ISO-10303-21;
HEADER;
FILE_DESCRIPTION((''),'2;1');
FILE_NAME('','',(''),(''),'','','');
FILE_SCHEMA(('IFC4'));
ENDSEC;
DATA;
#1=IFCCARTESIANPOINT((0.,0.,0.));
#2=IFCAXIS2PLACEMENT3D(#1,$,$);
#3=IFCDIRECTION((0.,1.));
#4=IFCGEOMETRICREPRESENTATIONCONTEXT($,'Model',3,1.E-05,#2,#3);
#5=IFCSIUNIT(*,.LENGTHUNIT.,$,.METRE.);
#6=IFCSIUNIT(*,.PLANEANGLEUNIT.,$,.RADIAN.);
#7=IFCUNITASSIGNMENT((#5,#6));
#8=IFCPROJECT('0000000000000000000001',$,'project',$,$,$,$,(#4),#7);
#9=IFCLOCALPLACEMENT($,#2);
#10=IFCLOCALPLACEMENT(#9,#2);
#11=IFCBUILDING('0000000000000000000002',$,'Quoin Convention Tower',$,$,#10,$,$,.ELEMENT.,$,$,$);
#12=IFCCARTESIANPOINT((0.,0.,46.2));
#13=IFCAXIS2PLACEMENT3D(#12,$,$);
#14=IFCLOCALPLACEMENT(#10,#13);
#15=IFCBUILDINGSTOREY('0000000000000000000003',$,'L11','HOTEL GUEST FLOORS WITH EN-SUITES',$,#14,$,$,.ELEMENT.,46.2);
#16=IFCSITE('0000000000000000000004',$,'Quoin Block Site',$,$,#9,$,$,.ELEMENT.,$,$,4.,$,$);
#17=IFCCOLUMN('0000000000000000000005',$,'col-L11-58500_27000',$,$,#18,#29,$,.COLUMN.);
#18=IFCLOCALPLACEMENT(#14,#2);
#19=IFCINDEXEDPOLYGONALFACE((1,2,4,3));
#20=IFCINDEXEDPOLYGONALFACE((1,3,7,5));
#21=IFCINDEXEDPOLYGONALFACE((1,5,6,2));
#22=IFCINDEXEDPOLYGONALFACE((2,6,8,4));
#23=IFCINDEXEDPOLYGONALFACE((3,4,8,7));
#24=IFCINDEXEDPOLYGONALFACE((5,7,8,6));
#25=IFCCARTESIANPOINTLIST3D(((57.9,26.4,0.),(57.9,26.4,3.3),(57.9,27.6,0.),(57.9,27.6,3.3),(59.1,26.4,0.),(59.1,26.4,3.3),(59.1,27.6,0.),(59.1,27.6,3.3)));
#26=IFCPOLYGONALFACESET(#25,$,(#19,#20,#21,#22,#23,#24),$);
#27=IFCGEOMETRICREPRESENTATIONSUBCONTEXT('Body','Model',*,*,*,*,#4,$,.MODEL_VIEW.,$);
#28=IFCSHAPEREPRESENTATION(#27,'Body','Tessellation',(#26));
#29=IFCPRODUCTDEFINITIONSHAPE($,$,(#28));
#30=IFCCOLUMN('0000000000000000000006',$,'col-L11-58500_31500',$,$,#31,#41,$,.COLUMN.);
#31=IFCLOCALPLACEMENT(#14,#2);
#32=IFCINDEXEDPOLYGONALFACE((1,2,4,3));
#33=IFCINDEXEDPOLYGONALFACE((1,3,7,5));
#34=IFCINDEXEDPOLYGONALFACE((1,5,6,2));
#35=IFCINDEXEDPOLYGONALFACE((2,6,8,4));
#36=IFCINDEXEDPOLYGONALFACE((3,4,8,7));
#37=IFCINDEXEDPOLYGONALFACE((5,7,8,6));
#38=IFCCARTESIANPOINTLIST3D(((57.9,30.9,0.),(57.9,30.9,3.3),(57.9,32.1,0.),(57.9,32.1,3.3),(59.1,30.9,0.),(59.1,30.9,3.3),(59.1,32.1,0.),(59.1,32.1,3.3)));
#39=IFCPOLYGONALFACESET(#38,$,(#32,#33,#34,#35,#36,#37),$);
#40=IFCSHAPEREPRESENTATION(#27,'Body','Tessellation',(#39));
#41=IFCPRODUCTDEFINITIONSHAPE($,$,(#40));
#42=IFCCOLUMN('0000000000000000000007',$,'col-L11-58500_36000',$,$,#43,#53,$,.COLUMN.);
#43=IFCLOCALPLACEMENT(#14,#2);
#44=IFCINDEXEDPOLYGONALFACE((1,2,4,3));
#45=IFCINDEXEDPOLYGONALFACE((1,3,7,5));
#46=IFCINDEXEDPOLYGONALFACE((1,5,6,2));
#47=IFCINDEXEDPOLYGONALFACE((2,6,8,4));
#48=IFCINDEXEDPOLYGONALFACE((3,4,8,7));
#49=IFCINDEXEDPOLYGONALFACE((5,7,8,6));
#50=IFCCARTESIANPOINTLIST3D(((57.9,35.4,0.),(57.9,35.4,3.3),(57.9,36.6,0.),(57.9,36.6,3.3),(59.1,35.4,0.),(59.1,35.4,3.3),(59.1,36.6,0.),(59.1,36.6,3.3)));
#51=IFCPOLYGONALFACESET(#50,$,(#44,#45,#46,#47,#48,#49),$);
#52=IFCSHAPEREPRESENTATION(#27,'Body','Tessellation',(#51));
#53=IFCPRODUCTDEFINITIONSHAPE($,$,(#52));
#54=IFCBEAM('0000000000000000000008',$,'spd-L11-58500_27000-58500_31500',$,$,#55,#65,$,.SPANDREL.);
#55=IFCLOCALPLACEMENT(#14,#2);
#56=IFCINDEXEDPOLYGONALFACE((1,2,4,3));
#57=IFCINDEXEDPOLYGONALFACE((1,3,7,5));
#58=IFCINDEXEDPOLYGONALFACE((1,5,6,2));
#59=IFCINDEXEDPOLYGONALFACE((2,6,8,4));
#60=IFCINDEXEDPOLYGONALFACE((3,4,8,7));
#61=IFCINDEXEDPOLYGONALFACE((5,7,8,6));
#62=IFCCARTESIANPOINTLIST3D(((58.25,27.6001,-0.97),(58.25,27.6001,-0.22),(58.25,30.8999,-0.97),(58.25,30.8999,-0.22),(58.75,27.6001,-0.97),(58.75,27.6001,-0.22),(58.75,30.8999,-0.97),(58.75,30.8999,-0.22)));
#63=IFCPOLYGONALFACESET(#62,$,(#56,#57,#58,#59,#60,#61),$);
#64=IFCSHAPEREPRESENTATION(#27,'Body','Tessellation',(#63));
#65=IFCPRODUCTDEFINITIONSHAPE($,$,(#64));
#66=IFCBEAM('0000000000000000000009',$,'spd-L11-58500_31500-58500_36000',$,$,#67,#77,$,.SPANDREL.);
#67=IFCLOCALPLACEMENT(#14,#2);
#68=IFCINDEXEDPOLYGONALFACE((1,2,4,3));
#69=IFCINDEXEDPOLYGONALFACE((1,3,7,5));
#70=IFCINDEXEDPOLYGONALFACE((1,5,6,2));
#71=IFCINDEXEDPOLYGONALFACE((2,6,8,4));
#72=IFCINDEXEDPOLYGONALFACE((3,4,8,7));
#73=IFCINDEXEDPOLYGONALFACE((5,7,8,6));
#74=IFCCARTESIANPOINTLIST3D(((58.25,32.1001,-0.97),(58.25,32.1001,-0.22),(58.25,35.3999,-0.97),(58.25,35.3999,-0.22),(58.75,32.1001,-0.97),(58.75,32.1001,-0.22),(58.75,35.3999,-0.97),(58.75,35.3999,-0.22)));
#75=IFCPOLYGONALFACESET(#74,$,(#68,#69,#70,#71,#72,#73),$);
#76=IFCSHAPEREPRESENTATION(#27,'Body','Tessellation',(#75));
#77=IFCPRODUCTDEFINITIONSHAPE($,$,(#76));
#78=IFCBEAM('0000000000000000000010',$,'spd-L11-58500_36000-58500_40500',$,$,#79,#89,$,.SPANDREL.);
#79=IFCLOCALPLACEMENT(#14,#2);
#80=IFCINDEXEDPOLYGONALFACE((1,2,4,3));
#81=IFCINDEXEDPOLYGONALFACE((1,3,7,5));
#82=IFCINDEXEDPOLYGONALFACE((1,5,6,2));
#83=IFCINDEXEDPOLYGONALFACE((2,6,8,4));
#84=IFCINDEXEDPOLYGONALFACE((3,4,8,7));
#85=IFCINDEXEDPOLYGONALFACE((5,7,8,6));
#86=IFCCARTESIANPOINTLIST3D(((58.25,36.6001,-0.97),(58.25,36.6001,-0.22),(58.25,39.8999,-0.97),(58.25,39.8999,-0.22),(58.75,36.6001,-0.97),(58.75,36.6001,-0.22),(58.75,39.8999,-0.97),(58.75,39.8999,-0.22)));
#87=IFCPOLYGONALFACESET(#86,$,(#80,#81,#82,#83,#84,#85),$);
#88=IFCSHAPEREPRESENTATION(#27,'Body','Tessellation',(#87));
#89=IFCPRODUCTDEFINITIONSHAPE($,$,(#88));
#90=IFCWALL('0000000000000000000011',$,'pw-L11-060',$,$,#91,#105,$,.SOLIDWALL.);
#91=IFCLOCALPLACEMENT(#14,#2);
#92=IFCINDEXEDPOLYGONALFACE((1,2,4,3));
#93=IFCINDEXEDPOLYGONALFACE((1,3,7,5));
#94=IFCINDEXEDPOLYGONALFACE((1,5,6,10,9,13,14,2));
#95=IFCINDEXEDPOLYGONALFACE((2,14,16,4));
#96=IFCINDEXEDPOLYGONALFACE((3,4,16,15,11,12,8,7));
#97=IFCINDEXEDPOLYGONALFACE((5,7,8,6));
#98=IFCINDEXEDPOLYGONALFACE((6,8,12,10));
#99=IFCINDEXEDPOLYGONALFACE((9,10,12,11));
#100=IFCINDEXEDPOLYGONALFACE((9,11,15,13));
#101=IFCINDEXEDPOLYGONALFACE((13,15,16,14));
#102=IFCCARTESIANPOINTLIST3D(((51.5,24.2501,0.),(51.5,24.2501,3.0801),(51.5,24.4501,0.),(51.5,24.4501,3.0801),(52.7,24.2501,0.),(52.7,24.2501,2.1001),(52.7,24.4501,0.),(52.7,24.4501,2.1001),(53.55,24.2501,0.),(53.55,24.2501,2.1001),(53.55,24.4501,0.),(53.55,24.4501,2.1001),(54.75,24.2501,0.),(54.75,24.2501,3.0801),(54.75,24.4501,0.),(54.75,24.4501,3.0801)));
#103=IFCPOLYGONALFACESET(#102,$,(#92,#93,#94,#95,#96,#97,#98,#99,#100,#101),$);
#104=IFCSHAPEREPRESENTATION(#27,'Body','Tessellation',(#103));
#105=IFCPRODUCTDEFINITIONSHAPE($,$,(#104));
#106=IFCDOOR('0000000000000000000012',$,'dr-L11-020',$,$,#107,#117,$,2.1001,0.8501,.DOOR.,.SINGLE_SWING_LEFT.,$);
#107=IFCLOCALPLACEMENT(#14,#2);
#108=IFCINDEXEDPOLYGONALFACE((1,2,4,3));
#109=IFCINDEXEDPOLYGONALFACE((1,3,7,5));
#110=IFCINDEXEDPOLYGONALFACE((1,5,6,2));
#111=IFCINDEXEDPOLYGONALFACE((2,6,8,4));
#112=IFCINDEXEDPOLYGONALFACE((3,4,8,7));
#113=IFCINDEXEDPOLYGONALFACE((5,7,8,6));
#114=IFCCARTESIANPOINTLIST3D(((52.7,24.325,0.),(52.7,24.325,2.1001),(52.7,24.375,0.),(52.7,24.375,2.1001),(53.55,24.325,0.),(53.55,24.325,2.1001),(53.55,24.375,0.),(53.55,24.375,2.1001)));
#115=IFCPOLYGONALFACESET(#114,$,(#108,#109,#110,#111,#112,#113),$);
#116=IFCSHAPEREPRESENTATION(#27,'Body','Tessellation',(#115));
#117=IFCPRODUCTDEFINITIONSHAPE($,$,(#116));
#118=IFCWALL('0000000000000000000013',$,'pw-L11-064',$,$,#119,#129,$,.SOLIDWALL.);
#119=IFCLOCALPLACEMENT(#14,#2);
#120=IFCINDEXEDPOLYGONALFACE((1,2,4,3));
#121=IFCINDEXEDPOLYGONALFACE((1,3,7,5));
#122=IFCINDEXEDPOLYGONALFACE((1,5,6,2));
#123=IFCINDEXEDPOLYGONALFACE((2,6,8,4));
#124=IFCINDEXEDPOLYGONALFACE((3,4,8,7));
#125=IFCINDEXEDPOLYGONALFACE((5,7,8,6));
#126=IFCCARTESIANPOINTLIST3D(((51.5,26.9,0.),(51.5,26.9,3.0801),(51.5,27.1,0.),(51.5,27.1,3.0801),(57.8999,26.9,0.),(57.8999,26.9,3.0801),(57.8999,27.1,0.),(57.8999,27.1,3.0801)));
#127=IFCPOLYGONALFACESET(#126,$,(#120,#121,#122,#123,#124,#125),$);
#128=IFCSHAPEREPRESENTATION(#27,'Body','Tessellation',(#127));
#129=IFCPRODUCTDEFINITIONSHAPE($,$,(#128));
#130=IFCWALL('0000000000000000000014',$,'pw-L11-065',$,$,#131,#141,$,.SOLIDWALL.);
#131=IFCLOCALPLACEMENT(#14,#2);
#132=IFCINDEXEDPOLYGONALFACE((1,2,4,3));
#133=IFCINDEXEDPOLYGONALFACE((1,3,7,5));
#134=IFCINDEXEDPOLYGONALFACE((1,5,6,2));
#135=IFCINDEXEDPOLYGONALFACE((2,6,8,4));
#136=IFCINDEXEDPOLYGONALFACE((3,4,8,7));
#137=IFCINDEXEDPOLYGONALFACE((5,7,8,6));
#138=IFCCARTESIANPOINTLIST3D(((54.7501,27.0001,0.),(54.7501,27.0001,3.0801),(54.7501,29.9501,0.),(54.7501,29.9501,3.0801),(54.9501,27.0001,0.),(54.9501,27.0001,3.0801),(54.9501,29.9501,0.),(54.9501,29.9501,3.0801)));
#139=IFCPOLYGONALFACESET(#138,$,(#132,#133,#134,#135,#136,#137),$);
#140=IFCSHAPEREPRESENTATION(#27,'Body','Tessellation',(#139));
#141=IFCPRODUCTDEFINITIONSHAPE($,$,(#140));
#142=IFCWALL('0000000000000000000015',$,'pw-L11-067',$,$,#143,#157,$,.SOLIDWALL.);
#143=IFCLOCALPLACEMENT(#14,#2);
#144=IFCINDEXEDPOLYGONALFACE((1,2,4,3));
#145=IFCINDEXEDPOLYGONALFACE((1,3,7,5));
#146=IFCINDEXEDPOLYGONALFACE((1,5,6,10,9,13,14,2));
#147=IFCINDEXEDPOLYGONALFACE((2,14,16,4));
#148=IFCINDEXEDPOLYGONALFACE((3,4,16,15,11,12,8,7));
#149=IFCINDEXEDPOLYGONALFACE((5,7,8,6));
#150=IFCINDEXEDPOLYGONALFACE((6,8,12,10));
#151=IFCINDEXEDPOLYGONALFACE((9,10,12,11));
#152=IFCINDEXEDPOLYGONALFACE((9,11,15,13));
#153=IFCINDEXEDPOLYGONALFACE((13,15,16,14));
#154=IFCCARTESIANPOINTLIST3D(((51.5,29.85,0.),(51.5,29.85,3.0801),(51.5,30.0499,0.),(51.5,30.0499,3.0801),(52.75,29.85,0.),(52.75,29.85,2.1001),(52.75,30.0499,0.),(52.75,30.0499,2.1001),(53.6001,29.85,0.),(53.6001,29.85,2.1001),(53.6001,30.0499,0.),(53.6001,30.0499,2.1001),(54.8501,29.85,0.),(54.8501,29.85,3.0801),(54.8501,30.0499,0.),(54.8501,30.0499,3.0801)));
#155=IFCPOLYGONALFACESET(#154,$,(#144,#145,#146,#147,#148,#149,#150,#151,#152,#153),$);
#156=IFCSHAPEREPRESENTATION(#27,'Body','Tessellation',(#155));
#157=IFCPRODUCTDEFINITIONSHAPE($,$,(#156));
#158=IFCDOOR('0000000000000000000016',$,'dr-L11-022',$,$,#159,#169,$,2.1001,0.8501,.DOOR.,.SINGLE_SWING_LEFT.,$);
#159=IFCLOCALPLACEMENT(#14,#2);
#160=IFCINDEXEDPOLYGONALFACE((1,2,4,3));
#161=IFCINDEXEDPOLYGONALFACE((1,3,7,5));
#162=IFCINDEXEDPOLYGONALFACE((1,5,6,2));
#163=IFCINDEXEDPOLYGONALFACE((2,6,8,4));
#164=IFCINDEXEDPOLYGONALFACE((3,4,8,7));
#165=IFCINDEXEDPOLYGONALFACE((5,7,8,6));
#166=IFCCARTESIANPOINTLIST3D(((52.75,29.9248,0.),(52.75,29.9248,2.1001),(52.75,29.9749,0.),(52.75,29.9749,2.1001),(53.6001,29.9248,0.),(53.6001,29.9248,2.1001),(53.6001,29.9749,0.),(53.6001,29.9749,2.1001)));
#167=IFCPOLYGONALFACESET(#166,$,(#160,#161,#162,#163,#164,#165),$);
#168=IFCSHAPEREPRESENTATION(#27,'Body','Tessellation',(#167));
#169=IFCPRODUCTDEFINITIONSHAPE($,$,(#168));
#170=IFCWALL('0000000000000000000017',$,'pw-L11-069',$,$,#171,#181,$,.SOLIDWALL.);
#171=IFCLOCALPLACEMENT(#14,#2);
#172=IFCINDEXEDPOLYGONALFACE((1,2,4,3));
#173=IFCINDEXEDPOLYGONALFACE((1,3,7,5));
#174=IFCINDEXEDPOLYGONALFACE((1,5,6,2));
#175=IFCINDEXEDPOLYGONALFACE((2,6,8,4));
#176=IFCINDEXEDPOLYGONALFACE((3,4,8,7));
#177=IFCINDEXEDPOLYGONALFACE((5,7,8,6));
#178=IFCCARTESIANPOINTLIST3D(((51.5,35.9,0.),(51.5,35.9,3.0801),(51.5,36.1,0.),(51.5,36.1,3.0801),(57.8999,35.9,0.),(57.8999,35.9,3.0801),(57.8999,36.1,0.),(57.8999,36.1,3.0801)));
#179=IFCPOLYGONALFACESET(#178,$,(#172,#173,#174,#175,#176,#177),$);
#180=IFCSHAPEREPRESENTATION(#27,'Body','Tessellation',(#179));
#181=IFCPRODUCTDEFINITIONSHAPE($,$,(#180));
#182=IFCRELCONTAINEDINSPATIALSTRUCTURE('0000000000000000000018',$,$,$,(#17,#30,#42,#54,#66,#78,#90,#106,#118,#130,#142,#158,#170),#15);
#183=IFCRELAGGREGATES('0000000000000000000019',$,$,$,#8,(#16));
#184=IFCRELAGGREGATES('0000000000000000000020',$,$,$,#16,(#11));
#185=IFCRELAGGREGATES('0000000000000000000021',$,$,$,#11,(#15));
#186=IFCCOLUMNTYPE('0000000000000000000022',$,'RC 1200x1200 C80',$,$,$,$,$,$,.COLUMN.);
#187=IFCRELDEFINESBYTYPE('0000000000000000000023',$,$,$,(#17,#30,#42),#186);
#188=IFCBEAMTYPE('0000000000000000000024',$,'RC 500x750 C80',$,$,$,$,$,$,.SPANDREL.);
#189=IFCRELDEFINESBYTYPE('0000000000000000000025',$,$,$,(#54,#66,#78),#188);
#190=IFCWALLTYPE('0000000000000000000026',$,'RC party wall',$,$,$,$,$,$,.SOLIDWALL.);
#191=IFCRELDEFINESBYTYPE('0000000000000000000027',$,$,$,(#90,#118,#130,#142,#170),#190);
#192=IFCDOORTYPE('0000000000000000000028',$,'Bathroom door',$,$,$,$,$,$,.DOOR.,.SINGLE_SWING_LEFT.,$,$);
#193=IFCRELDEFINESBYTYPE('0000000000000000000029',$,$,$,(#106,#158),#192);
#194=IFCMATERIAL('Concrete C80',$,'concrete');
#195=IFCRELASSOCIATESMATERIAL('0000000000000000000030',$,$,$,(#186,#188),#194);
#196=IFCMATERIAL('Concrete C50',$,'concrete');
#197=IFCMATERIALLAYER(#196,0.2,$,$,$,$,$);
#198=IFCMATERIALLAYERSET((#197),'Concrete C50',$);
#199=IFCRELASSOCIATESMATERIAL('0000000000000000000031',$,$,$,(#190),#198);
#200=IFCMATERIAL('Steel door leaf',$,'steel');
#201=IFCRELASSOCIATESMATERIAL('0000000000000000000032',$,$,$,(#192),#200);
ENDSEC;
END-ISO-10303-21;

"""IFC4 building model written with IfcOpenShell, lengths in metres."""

from ifc_helpers import new_model, si_unit, direction, frame, frame_2d, origin, origin_2d, place, context, subcontext, project, spatial, rectangle, extrude, material, layer, layer_set, material_profile, profile_set, type_object, element, fill, save


model = new_model("IFC4")

# Units and contexts
model_context = context("Model", 3, precision=1e-05, world=origin(), true_north=direction((0.0, 1.0)))
body_context = subcontext(model_context, "Body", "Model", "MODEL_VIEW")
ifc_project = project(units=[si_unit("LENGTHUNIT", "METRE"), si_unit("PLANEANGLEUNIT", "RADIAN")], contexts=[model_context])

# Site, building, storey
site_placement = place(None, origin())
site = spatial("IfcSite", under=ifc_project, at=site_placement, Name="Quoin Block Site", CompositionType="ELEMENT", RefElevation=4.0)
building_placement = place(site_placement, origin())
building = spatial("IfcBuilding", under=site, at=building_placement, Name="Quoin Convention Tower", CompositionType="ELEMENT")
storey_placement = place(building_placement, frame((0.0, 0.0, 46.2)))
storey = spatial("IfcBuildingStorey", under=building, at=storey_placement, Name="L11", Description="HOTEL GUEST FLOORS WITH EN-SUITES", CompositionType="ELEMENT", Elevation=46.2)

# Columns
ifc_material_1 = material(Name="Concrete C80", Category="concrete")
ifc_material_profile_1 = material_profile(ifc_material_1, rectangle(XDim=1.2, YDim=1.2, at=origin_2d()), Name="RC 1200x1200")
ifc_profile_set_1 = profile_set([ifc_material_profile_1], Name="Concrete C80")
column_type = type_object("IfcColumnType", Name="RC 1200x1200 C80", PredefinedType="COLUMN", material=ifc_profile_set_1)
for number, where, z_axis, x_axis, name in (
    (1, (58.5, 27.0, 0.0), (0.0, 0.0, 1.0), (1.0, 0.0, 0.0), "col-L11-58500_27000"),
    (2, (58.5, 31.5, 0.0), (0.0, 0.0, 1.0), (1.0, 0.0, 0.0), "col-L11-58500_31500"),
    (3, (58.5, 36.0, 0.0), (0.0, 0.0, 1.0), (1.0, 0.0, 0.0), "col-L11-58500_36000"),
):
    element("IfcColumn", number, at=place(storey_placement, frame(where, z_axis=z_axis, x_axis=x_axis)), inside=storey, type_object=column_type, Name=name, PredefinedType="COLUMN", context=body_context, shape_type="SweptSolid", body=[
        extrude(rectangle(XDim=1.2, YDim=1.2, at=origin_2d()), origin(), (0.0, 0.0, 1.0), 3.3),
    ])

# Beams
ifc_material_profile_2 = material_profile(ifc_material_1, rectangle(XDim=0.5, YDim=0.75, at=origin_2d()), Name="RC 500x750")
ifc_profile_set_2 = profile_set([ifc_material_profile_2], Name="Concrete C80")
beam_type = type_object("IfcBeamType", Name="RC 500x750 C80", PredefinedType="SPANDREL", material=ifc_profile_set_2)
for number, where, z_axis, x_axis, name in (
    (4, (58.5, 27.6001, -0.595), (0.0, 1.0, 0.0), (-1.0, 0.0, 0.0), "spd-L11-58500_27000-58500_31500"),
    (5, (58.5, 32.1001, -0.595), (0.0, 1.0, 0.0), (-1.0, 0.0, 0.0), "spd-L11-58500_31500-58500_36000"),
    (6, (58.5, 36.6001, -0.595), (0.0, 1.0, 0.0), (-1.0, 0.0, 0.0), "spd-L11-58500_36000-58500_40500"),
):
    element("IfcBeam", number, at=place(storey_placement, frame(where, z_axis=z_axis, x_axis=x_axis)), inside=storey, type_object=beam_type, Name=name, PredefinedType="SPANDREL", context=body_context, shape_type="SweptSolid", body=[
        extrude(rectangle(XDim=0.5, YDim=0.75, at=origin_2d()), origin(), (0.0, 0.0, 1.0), 3.2998),
    ])

# Wall, opening, door
ifc_material_2 = material(Name="Concrete C50", Category="concrete")
ifc_layer_1 = layer(ifc_material_2, 0.2)
ifc_layer_set_1 = layer_set([ifc_layer_1], Name="Concrete C50")
wall_type_1 = type_object("IfcWallType", Name="RC party wall", PredefinedType="SOLIDWALL", material=ifc_layer_set_1)
wall_1_placement = place(storey_placement, frame((51.5, 24.3501, 0.0), z_axis=(0.0, 0.0, 1.0), x_axis=(1.0, 0.0, 0.0)))
wall_1 = element("IfcWall", 7, at=wall_1_placement, inside=storey, type_object=wall_type_1, Name="pw-L11-060", PredefinedType="SOLIDWALL", context=body_context, shape_type="SweptSolid", body=[
    extrude(rectangle(XDim=3.25, YDim=0.2, at=frame_2d((1.625, 0.0))), origin(), (0.0, 0.0, 1.0), 3.0801),
])
opening_1_placement = place(wall_1_placement, frame((1.2, 0.0, 0.0)))
opening_1 = element("IfcOpeningElement", 8, at=opening_1_placement, cuts=wall_1, PredefinedType="OPENING", context=body_context, shape_type="SweptSolid", body=[
    extrude(rectangle(XDim=0.8501, YDim=2.1001, at=frame_2d((0.425, 1.05))), frame((0.0, 0.1099, 0.0), z_axis=(0.0, -1.0, 0.0), x_axis=(1.0, 0.0, 0.0)), (0.0, 0.0, 1.0), 0.22),
])
ifc_material_3 = material(Name="Steel door leaf", Category="steel")
door_type_1 = type_object("IfcDoorType", Name="Bathroom door", OperationType="SINGLE_SWING_LEFT", PredefinedType="DOOR", material=ifc_material_3)
door_1_placement = place(opening_1_placement, origin())
door_1 = element("IfcDoor", 9, at=door_1_placement, inside=storey, type_object=door_type_1, Name="dr-L11-020", OperationType="SINGLE_SWING_LEFT", OverallHeight=2.1001, OverallWidth=0.8501, PredefinedType="DOOR", context=body_context, shape_type="SweptSolid", body=[
    extrude(rectangle(XDim=0.8501, YDim=2.1001, at=frame_2d((0.425, 1.05))), frame((0.0, 0.0249, 0.0), z_axis=(0.0, -1.0, 0.0), x_axis=(1.0, 0.0, 0.0)), (0.0, 0.0, 1.0), 0.05),
])
fill(opening_1, door_1)

# Walls
wall_2_placement = place(storey_placement, frame((51.5, 27.0, 0.0), z_axis=(0.0, 0.0, 1.0), x_axis=(1.0, 0.0, 0.0)))
element("IfcWall", 10, at=wall_2_placement, inside=storey, type_object=wall_type_1, Name="pw-L11-064", PredefinedType="SOLIDWALL", context=body_context, shape_type="SweptSolid", body=[
    extrude(rectangle(XDim=6.3999, YDim=0.2, at=frame_2d((3.2, 0.0))), origin(), (0.0, 0.0, 1.0), 3.0801),
])
wall_3_placement = place(storey_placement, frame((54.8501, 27.0, 0.0), z_axis=(0.0, 0.0, 1.0), x_axis=(0.0, 1.0, 0.0)))
element("IfcWall", 11, at=wall_3_placement, inside=storey, type_object=wall_type_1, Name="pw-L11-065", PredefinedType="SOLIDWALL", context=body_context, shape_type="SweptSolid", body=[
    extrude(rectangle(XDim=2.95, YDim=0.2, at=frame_2d((1.4751, 0.0))), origin(), (0.0, 0.0, 1.0), 3.0801),
])

# Wall, opening, door
wall_4_placement = place(storey_placement, frame((51.5, 29.95, 0.0), z_axis=(0.0, 0.0, 1.0), x_axis=(1.0, 0.0, 0.0)))
wall_4 = element("IfcWall", 12, at=wall_4_placement, inside=storey, type_object=wall_type_1, Name="pw-L11-067", PredefinedType="SOLIDWALL", context=body_context, shape_type="SweptSolid", body=[
    extrude(rectangle(XDim=3.3501, YDim=0.2, at=frame_2d((1.675, 0.0))), origin(), (0.0, 0.0, 1.0), 3.0801),
])
opening_2_placement = place(wall_4_placement, frame((1.25, 0.0, 0.0)))
opening_2 = element("IfcOpeningElement", 13, at=opening_2_placement, cuts=wall_4, PredefinedType="OPENING", context=body_context, shape_type="SweptSolid", body=[
    extrude(rectangle(XDim=0.8501, YDim=2.1001, at=frame_2d((0.425, 1.05))), frame((0.0, 0.1099, 0.0), z_axis=(0.0, -1.0, 0.0), x_axis=(1.0, 0.0, 0.0)), (0.0, 0.0, 1.0), 0.22),
])
door_2_placement = place(opening_2_placement, origin())
door_2 = element("IfcDoor", 14, at=door_2_placement, inside=storey, type_object=door_type_1, Name="dr-L11-022", OperationType="SINGLE_SWING_LEFT", OverallHeight=2.1001, OverallWidth=0.8501, PredefinedType="DOOR", context=body_context, shape_type="SweptSolid", body=[
    extrude(rectangle(XDim=0.8501, YDim=2.1001, at=frame_2d((0.425, 1.05))), frame((0.0, 0.0249, 0.0), z_axis=(0.0, -1.0, 0.0), x_axis=(1.0, 0.0, 0.0)), (0.0, 0.0, 1.0), 0.05),
])
fill(opening_2, door_2)

# Wall
wall_5_placement = place(storey_placement, frame((51.5, 36.0, 0.0), z_axis=(0.0, 0.0, 1.0), x_axis=(1.0, 0.0, 0.0)))
element("IfcWall", 15, at=wall_5_placement, inside=storey, type_object=wall_type_1, Name="pw-L11-069", PredefinedType="SOLIDWALL", context=body_context, shape_type="SweptSolid", body=[
    extrude(rectangle(XDim=6.3999, YDim=0.2, at=frame_2d((3.2, 0.0))), origin(), (0.0, 0.0, 1.0), 3.0801),
])

save(model, "model.ifc")
